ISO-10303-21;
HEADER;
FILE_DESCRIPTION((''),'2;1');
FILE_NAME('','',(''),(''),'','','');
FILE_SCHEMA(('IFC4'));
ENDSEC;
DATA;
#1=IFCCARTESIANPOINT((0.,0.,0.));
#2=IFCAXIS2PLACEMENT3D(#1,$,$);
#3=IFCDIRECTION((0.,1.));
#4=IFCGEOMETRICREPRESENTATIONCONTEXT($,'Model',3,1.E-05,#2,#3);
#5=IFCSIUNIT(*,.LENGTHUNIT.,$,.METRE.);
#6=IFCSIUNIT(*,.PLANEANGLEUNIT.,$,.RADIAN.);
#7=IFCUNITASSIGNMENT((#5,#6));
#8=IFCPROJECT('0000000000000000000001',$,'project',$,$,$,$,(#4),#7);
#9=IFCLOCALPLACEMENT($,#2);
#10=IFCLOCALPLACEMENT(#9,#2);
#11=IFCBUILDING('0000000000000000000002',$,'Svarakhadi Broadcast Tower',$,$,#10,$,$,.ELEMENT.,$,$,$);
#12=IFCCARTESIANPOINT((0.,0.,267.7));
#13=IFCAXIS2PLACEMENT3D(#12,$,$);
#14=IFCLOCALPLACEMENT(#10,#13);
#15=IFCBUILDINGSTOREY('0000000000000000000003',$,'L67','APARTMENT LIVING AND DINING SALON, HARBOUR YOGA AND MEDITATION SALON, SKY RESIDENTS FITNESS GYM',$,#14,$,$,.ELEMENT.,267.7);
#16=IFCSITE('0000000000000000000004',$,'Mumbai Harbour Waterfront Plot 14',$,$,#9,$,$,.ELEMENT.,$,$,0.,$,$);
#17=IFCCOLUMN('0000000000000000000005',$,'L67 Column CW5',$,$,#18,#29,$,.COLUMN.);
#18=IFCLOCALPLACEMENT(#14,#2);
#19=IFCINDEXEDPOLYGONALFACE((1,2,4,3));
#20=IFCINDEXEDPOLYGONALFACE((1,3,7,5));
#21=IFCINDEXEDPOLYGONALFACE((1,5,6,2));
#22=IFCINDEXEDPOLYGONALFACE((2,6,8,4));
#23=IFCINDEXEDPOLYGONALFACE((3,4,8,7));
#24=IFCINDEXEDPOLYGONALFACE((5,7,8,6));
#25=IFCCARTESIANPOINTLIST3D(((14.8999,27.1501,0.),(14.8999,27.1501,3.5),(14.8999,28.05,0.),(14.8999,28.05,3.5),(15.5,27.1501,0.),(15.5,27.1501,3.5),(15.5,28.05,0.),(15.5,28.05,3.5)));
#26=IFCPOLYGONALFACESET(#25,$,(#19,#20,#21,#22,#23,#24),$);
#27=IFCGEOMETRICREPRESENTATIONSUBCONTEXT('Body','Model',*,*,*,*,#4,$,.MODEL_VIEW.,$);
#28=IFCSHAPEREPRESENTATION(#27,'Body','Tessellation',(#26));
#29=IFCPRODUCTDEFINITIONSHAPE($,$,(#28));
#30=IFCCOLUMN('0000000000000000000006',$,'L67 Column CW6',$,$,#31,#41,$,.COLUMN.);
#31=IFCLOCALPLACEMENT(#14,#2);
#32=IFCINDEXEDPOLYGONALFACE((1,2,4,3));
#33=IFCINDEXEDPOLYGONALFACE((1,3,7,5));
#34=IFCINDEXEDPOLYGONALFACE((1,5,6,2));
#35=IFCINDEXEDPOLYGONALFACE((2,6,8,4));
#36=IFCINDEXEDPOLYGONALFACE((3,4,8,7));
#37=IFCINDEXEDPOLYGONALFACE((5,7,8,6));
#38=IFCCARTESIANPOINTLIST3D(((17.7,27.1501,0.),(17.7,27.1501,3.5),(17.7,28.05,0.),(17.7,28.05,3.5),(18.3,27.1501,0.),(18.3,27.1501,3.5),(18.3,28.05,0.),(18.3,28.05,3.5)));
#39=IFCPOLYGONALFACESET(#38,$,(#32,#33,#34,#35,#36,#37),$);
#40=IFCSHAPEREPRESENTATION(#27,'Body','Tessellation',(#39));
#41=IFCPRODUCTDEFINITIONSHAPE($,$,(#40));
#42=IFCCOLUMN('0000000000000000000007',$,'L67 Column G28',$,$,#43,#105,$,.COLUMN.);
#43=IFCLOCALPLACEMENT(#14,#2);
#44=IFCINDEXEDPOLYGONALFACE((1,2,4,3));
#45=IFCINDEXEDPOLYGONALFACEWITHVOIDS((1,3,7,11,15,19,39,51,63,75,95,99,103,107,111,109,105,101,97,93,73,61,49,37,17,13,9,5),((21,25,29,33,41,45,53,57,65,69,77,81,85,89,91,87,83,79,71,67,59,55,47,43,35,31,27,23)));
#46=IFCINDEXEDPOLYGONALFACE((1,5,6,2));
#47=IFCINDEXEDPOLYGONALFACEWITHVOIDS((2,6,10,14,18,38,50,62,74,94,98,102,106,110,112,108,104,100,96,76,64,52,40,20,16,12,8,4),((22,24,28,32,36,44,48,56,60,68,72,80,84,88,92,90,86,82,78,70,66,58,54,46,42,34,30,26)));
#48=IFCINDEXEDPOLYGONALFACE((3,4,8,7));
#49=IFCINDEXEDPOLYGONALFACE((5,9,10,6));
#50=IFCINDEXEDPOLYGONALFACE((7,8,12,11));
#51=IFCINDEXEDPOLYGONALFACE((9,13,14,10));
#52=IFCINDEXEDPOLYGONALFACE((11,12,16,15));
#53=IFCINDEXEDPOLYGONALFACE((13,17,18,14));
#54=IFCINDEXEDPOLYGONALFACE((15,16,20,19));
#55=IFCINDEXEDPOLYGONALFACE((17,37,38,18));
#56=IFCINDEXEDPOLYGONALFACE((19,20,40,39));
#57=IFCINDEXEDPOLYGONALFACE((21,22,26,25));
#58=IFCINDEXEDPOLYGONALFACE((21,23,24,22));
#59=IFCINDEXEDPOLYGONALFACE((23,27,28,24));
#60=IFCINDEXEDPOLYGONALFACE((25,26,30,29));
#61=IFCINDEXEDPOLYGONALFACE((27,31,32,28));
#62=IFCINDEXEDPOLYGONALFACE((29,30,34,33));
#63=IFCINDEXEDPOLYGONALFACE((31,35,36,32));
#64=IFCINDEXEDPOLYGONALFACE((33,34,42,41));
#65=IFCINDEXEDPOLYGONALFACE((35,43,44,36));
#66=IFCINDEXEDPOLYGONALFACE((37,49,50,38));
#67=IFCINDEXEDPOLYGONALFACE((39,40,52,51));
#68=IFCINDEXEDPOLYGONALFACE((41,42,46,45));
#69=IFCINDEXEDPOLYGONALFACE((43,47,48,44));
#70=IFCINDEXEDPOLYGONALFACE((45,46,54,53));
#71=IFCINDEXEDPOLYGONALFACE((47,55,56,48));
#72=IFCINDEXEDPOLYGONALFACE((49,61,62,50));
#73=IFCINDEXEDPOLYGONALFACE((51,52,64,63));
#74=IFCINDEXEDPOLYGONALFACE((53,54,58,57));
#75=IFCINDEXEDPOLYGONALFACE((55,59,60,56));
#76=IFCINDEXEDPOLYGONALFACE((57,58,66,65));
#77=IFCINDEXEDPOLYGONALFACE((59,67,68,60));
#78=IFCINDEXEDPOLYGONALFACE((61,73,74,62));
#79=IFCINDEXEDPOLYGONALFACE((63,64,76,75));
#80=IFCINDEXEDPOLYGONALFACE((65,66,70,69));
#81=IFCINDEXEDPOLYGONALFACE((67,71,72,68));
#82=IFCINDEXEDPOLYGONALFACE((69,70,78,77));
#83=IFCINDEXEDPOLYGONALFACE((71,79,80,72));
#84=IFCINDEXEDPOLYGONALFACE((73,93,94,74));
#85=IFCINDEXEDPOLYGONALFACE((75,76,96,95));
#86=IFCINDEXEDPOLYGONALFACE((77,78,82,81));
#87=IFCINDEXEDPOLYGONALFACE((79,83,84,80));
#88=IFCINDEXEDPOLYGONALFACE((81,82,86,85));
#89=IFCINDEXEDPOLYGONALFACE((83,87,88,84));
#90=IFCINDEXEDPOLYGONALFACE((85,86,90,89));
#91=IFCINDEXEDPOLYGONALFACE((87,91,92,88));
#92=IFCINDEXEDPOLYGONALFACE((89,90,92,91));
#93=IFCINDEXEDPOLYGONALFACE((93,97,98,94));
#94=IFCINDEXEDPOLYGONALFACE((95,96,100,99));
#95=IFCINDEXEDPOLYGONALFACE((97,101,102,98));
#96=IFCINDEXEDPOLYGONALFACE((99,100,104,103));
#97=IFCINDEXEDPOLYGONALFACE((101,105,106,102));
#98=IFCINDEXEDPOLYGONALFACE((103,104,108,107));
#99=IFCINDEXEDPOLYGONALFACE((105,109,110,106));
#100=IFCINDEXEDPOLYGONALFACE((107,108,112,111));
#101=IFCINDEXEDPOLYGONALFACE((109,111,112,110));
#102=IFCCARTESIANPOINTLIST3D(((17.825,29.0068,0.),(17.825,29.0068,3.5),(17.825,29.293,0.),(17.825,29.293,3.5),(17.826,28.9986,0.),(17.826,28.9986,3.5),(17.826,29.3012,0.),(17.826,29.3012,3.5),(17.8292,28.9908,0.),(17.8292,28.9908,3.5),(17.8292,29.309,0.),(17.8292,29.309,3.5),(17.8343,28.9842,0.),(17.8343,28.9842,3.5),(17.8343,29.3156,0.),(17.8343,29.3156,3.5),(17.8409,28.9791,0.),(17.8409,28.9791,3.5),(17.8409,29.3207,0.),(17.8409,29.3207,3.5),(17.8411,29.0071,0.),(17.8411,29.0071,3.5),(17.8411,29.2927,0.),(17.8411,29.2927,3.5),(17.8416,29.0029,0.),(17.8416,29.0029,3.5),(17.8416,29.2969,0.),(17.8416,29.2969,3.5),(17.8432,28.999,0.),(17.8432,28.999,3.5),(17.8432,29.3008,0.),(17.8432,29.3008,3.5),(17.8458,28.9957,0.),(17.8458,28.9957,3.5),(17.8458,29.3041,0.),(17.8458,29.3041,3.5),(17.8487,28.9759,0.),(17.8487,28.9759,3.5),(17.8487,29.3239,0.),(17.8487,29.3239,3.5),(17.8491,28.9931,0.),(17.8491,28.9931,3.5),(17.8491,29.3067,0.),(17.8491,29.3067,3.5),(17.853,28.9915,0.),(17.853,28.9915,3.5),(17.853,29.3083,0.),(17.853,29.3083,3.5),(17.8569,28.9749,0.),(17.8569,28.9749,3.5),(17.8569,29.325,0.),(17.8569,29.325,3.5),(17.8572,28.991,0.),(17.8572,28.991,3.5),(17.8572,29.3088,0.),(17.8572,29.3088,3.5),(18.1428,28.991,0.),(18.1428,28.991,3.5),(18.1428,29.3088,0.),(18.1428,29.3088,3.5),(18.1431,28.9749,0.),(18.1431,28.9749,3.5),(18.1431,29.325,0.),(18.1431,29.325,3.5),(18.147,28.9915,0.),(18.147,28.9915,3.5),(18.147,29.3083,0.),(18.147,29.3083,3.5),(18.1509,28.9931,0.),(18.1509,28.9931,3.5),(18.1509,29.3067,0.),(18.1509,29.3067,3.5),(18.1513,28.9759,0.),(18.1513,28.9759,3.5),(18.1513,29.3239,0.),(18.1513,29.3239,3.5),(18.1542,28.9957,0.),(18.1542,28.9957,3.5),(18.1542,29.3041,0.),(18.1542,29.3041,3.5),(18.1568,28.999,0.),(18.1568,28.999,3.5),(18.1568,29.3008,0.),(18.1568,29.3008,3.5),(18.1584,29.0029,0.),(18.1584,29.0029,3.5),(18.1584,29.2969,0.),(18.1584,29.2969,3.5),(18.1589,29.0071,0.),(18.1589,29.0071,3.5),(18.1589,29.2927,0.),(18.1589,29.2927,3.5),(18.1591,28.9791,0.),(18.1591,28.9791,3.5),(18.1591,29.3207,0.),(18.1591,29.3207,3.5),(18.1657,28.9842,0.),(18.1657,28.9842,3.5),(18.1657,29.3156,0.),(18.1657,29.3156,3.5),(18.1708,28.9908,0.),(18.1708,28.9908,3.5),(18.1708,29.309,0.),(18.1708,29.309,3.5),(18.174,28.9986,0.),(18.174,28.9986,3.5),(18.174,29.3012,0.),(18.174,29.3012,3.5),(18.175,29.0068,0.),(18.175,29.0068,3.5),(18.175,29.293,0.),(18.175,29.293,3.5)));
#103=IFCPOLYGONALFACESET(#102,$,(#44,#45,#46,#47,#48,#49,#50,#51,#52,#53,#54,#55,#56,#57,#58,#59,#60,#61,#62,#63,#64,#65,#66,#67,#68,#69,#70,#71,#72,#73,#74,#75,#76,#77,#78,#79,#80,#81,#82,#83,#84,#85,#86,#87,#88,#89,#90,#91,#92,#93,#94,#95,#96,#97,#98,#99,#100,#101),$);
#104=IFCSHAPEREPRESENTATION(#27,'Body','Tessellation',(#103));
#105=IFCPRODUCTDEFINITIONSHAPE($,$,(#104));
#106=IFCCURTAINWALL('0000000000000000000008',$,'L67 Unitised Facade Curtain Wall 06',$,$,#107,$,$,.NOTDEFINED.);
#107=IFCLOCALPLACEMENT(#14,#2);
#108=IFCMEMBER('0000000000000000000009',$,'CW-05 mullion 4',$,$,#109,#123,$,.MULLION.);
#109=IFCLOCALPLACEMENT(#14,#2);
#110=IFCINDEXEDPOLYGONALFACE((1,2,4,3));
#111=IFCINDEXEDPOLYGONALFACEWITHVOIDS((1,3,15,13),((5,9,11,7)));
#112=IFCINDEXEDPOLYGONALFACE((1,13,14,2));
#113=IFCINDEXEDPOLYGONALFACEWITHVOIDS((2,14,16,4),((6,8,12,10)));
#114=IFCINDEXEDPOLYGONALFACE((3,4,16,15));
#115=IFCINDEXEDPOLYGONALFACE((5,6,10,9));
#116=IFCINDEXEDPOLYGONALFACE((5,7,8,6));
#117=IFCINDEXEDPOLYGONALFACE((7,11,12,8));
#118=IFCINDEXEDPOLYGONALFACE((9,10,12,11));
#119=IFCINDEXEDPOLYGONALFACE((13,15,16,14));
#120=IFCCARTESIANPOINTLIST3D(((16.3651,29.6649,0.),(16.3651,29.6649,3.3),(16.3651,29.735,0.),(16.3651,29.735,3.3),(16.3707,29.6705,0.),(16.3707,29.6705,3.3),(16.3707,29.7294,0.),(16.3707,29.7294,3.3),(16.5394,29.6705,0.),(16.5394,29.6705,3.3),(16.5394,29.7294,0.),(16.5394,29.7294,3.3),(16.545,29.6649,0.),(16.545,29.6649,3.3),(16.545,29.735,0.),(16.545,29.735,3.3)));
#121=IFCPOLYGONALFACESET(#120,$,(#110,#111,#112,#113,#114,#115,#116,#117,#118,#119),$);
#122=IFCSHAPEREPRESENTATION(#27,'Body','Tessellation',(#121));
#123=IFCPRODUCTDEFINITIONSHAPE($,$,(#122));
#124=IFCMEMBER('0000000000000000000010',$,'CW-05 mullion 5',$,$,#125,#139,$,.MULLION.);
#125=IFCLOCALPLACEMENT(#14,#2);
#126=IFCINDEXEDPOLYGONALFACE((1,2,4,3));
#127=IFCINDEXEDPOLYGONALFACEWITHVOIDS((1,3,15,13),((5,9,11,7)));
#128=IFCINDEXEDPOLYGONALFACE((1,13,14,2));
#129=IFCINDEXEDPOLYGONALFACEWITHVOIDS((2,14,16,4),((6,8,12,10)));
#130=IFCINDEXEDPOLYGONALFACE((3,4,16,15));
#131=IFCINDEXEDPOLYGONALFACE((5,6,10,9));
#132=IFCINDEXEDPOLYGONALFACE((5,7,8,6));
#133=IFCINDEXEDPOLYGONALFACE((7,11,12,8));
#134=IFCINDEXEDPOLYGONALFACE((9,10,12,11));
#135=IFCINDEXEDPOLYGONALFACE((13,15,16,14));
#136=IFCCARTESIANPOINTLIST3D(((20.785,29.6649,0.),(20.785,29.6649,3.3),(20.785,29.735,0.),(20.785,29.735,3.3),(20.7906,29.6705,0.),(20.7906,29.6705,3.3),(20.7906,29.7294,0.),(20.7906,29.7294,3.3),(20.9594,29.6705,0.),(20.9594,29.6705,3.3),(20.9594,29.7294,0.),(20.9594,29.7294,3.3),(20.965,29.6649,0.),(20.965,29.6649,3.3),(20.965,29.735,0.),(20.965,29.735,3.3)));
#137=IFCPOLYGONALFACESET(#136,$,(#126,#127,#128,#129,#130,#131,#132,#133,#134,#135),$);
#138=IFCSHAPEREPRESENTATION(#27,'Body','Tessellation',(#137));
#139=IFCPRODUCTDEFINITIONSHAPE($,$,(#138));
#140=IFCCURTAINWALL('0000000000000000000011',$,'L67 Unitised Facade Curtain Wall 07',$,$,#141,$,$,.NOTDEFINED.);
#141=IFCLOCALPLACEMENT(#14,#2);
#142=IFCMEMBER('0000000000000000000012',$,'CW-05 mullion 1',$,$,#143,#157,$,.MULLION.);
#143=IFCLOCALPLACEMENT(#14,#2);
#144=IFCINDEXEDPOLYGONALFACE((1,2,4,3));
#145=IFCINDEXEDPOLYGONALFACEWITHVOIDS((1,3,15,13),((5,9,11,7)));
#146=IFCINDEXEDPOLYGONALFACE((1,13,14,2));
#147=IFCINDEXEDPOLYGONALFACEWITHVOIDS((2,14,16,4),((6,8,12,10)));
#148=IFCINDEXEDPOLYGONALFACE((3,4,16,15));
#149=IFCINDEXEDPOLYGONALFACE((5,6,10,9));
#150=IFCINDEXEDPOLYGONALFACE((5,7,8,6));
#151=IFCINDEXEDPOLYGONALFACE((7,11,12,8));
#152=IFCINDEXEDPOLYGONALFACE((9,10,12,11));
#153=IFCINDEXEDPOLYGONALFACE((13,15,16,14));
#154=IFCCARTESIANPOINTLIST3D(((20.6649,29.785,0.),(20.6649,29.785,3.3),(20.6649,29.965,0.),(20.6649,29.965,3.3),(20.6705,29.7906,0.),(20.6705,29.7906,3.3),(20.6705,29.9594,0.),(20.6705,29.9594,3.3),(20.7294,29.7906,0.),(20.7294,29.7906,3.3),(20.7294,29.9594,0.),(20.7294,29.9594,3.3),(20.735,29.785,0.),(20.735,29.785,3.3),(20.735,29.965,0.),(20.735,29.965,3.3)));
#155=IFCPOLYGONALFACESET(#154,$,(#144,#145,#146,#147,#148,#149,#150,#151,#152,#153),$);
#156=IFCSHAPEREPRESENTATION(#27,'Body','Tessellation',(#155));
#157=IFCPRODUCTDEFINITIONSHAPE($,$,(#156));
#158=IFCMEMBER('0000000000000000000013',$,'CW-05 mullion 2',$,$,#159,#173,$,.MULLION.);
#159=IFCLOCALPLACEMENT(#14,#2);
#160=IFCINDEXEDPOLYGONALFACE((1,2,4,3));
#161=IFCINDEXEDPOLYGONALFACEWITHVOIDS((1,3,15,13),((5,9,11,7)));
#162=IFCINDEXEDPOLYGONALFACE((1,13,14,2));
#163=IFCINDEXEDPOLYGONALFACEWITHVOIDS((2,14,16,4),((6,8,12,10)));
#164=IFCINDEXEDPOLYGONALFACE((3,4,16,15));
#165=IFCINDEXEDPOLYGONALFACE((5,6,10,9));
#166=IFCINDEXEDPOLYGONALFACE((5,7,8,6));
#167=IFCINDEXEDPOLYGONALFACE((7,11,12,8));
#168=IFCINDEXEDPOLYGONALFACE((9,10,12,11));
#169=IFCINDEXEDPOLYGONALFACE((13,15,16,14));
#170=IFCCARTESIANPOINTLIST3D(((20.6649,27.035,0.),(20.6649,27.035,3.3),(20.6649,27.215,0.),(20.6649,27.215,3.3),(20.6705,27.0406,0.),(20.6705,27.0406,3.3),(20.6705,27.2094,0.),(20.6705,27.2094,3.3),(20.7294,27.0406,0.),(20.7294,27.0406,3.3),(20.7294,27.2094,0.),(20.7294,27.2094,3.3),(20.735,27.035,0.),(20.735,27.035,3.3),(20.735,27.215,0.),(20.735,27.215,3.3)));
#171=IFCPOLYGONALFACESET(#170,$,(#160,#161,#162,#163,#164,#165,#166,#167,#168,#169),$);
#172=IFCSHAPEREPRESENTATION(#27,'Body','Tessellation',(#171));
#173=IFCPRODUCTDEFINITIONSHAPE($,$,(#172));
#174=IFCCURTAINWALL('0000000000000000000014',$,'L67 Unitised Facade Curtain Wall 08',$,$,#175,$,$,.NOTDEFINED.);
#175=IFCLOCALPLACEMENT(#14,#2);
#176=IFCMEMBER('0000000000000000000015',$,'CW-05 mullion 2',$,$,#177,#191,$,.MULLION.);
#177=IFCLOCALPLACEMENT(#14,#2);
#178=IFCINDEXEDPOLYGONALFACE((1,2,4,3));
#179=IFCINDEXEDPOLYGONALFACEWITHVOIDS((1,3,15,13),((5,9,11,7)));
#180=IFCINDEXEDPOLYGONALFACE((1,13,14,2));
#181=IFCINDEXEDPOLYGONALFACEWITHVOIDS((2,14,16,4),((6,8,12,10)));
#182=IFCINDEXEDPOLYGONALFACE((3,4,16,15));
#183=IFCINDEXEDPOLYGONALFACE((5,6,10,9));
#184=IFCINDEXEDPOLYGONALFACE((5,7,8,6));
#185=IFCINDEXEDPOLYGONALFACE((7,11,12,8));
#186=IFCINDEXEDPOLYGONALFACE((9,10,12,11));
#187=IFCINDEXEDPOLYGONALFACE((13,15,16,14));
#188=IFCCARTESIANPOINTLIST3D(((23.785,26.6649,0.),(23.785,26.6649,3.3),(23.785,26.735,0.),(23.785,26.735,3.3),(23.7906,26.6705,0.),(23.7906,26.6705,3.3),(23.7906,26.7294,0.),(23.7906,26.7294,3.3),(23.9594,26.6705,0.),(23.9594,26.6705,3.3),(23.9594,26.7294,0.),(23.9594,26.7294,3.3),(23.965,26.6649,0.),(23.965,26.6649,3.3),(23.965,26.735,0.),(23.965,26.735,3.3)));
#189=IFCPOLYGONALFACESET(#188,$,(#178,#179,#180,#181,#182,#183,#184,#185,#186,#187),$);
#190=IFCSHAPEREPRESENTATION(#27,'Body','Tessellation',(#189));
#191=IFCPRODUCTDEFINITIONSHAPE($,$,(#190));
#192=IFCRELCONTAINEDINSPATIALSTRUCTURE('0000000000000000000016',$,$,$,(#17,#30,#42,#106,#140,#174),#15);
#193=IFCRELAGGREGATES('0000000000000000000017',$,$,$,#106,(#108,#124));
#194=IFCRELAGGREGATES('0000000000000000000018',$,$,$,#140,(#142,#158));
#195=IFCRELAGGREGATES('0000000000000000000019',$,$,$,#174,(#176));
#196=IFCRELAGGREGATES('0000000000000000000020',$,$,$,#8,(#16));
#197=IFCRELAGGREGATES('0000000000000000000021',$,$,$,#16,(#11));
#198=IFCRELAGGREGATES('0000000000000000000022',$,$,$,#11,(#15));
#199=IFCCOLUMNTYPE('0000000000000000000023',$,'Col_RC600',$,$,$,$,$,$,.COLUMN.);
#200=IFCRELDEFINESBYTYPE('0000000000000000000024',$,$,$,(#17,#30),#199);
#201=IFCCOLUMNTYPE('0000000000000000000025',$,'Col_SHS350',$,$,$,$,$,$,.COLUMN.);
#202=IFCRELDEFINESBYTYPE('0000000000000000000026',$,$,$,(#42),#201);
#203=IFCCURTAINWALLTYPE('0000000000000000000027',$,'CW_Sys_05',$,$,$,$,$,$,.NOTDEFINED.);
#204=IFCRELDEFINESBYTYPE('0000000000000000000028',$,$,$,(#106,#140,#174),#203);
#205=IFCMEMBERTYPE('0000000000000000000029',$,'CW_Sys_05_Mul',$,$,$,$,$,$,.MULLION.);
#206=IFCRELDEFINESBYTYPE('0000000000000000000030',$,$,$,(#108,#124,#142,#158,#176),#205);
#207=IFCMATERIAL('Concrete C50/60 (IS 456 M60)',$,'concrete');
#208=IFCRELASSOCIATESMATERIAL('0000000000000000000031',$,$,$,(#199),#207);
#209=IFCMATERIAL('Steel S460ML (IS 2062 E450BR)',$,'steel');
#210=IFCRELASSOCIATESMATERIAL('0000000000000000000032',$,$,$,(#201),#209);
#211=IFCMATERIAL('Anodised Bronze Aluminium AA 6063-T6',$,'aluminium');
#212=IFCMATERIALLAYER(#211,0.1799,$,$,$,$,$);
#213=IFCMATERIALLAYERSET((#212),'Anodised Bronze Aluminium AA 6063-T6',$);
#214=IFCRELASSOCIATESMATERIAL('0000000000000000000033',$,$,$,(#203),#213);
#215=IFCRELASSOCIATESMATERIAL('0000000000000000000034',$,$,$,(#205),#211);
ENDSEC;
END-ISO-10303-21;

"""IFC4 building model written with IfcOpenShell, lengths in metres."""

from ifc_helpers import new_model, si_unit, direction, frame, origin, origin_2d, place, context, subcontext, project, spatial, rectangle, hollow_rectangle, extrude, material, layer, layer_set, material_profile, profile_set, type_object, element, aggregate, save


model = new_model("IFC4")

# Units and contexts
model_context = context("Model", 3, precision=1e-05, world=origin(), true_north=direction((0.0, 1.0)))
body_context = subcontext(model_context, "Body", "Model", "MODEL_VIEW")
ifc_project = project(units=[si_unit("LENGTHUNIT", "METRE"), si_unit("PLANEANGLEUNIT", "RADIAN")], contexts=[model_context])

# Site, building, storey
site_placement = place(None, origin())
site = spatial("IfcSite", under=ifc_project, at=site_placement, Name="Mumbai Harbour Waterfront Plot 14", CompositionType="ELEMENT", RefElevation=0.0)
building_placement = place(site_placement, origin())
building = spatial("IfcBuilding", under=site, at=building_placement, Name="Svarakhadi Broadcast Tower", CompositionType="ELEMENT")
storey_placement = place(building_placement, frame((0.0, 0.0, 267.7)))
storey = spatial("IfcBuildingStorey", under=building, at=storey_placement, Name="L67", Description="APARTMENT LIVING AND DINING SALON, HARBOUR YOGA AND MEDITATION SALON, SKY RESIDENTS FITNESS GYM", CompositionType="ELEMENT", Elevation=267.7)

# Columns
ifc_material_1 = material(Name="Concrete C50/60 (IS 456 M60)", Category="concrete")
ifc_material_profile_1 = material_profile(ifc_material_1, rectangle(XDim=0.6001, YDim=0.8999, at=origin_2d()), Name="RC 600x900")
ifc_profile_set_1 = profile_set([ifc_material_profile_1], Name="Concrete C50/60 (IS 456 M60)")
column_type_1 = type_object("IfcColumnType", Name="Col_RC600", PredefinedType="COLUMN", material=ifc_profile_set_1)
for number, where, z_axis, x_axis, name in (
    (1, (15.2, 27.6001, 0.0), (0.0, 0.0, 1.0), (1.0, 0.0, 0.0), "L67 Column CW5"),
    (2, (18.0, 27.6001, 0.0), (0.0, 0.0, 1.0), (1.0, 0.0, 0.0), "L67 Column CW6"),
):
    element("IfcColumn", number, at=place(storey_placement, frame(where, z_axis=z_axis, x_axis=x_axis)), inside=storey, type_object=column_type_1, Name=name, PredefinedType="COLUMN", context=body_context, shape_type="SweptSolid", body=[
        extrude(rectangle(XDim=0.6001, YDim=0.8999, at=origin_2d()), origin(), (0.0, 0.0, 1.0), 3.5),
    ])
ifc_material_2 = material(Name="Steel S460ML (IS 2062 E450BR)", Category="steel")
ifc_material_profile_2 = material_profile(ifc_material_2, hollow_rectangle(XDim=0.3501, YDim=0.3501, WallThickness=0.0161, InnerFilletRadius=0.0161, OuterFilletRadius=0.032, at=origin_2d()), Name="SHS 350x350x16")
ifc_profile_set_2 = profile_set([ifc_material_profile_2], Name="Steel S460ML (IS 2062 E450BR)")
column_type_2 = type_object("IfcColumnType", Name="Col_SHS350", PredefinedType="COLUMN", material=ifc_profile_set_2)
column_placement = place(storey_placement, frame((18.0, 29.1499, 0.0), z_axis=(0.0, 0.0, 1.0), x_axis=(1.0, 0.0, 0.0)))
element("IfcColumn", 3, at=column_placement, inside=storey, type_object=column_type_2, Name="L67 Column G28", PredefinedType="COLUMN", context=body_context, shape_type="SweptSolid", body=[
    extrude(hollow_rectangle(XDim=0.3501, YDim=0.3501, WallThickness=0.0161, InnerFilletRadius=0.0161, OuterFilletRadius=0.032, at=origin_2d()), origin(), (0.0, 0.0, 1.0), 3.5),
])

# Curtain walls, members
ifc_material_3 = material(Name="Anodised Bronze Aluminium AA 6063-T6", Category="aluminium")
ifc_layer_1 = layer(ifc_material_3, 0.1799)
ifc_layer_set_1 = layer_set([ifc_layer_1], Name="Anodised Bronze Aluminium AA 6063-T6")
curtain_wall_type = type_object("IfcCurtainWallType", Name="CW_Sys_05", PredefinedType="NOTDEFINED", material=ifc_layer_set_1)
curtain_wall_1_placement = place(storey_placement, origin())
curtain_wall_1 = element("IfcCurtainWall", 4, at=curtain_wall_1_placement, inside=storey, type_object=curtain_wall_type, Name="L67 Unitised Facade Curtain Wall 06", PredefinedType="NOTDEFINED")
ifc_material_profile_3 = material_profile(ifc_material_3, hollow_rectangle(XDim=0.0701, YDim=0.1799, WallThickness=0.0056, at=origin_2d()), Name="ALU MULLION 180x70x6")
ifc_profile_set_3 = profile_set([ifc_material_profile_3], Name="Anodised Bronze Aluminium AA 6063-T6")
member_type_1 = type_object("IfcMemberType", Name="CW_Sys_05_Mul", PredefinedType="MULLION", material=ifc_profile_set_3)
member_1_placement = place(storey_placement, frame((16.4551, 29.7, 0.0), z_axis=(0.0, 0.0, 1.0), x_axis=(0.0, 1.0, 0.0)))
member_1 = element("IfcMember", 5, at=member_1_placement, type_object=member_type_1, Name="CW-05 mullion 4", PredefinedType="MULLION", context=body_context, shape_type="SweptSolid", body=[
    extrude(hollow_rectangle(XDim=0.0701, YDim=0.1799, WallThickness=0.0056, at=origin_2d()), origin(), (0.0, 0.0, 1.0), 3.3),
])
member_2_placement = place(storey_placement, frame((20.875, 29.7, 0.0), z_axis=(0.0, 0.0, 1.0), x_axis=(0.0, 1.0, 0.0)))
member_2 = element("IfcMember", 6, at=member_2_placement, type_object=member_type_1, Name="CW-05 mullion 5", PredefinedType="MULLION", context=body_context, shape_type="SweptSolid", body=[
    extrude(hollow_rectangle(XDim=0.0701, YDim=0.1799, WallThickness=0.0056, at=origin_2d()), origin(), (0.0, 0.0, 1.0), 3.3),
])
curtain_wall_2_placement = place(storey_placement, origin())
curtain_wall_2 = element("IfcCurtainWall", 7, at=curtain_wall_2_placement, inside=storey, type_object=curtain_wall_type, Name="L67 Unitised Facade Curtain Wall 07", PredefinedType="NOTDEFINED")
member_3_placement = place(storey_placement, frame((20.7, 29.875, 0.0), z_axis=(0.0, 0.0, 1.0), x_axis=(1.0, 0.0, 0.0)))
member_3 = element("IfcMember", 8, at=member_3_placement, type_object=member_type_1, Name="CW-05 mullion 1", PredefinedType="MULLION", context=body_context, shape_type="SweptSolid", body=[
    extrude(hollow_rectangle(XDim=0.0701, YDim=0.1799, WallThickness=0.0056, at=origin_2d()), origin(), (0.0, 0.0, 1.0), 3.3),
])
member_4_placement = place(storey_placement, frame((20.7, 27.125, 0.0), z_axis=(0.0, 0.0, 1.0), x_axis=(1.0, 0.0, 0.0)))
member_4 = element("IfcMember", 9, at=member_4_placement, type_object=member_type_1, Name="CW-05 mullion 2", PredefinedType="MULLION", context=body_context, shape_type="SweptSolid", body=[
    extrude(hollow_rectangle(XDim=0.0701, YDim=0.1799, WallThickness=0.0056, at=origin_2d()), origin(), (0.0, 0.0, 1.0), 3.3),
])

# Curtain wall, member
curtain_wall_3_placement = place(storey_placement, origin())
curtain_wall_3 = element("IfcCurtainWall", 10, at=curtain_wall_3_placement, inside=storey, type_object=curtain_wall_type, Name="L67 Unitised Facade Curtain Wall 08", PredefinedType="NOTDEFINED")
member_5_placement = place(storey_placement, frame((23.875, 26.7, 0.0), z_axis=(0.0, 0.0, 1.0), x_axis=(0.0, 1.0, 0.0)))
member_5 = element("IfcMember", 11, at=member_5_placement, type_object=member_type_1, Name="CW-05 mullion 2", PredefinedType="MULLION", context=body_context, shape_type="SweptSolid", body=[
    extrude(hollow_rectangle(XDim=0.0701, YDim=0.1799, WallThickness=0.0056, at=origin_2d()), origin(), (0.0, 0.0, 1.0), 3.3),
])

aggregate(curtain_wall_1, [member_1, member_2])
aggregate(curtain_wall_2, [member_3, member_4])
aggregate(curtain_wall_3, [member_5])

save(model, "model.ifc")
